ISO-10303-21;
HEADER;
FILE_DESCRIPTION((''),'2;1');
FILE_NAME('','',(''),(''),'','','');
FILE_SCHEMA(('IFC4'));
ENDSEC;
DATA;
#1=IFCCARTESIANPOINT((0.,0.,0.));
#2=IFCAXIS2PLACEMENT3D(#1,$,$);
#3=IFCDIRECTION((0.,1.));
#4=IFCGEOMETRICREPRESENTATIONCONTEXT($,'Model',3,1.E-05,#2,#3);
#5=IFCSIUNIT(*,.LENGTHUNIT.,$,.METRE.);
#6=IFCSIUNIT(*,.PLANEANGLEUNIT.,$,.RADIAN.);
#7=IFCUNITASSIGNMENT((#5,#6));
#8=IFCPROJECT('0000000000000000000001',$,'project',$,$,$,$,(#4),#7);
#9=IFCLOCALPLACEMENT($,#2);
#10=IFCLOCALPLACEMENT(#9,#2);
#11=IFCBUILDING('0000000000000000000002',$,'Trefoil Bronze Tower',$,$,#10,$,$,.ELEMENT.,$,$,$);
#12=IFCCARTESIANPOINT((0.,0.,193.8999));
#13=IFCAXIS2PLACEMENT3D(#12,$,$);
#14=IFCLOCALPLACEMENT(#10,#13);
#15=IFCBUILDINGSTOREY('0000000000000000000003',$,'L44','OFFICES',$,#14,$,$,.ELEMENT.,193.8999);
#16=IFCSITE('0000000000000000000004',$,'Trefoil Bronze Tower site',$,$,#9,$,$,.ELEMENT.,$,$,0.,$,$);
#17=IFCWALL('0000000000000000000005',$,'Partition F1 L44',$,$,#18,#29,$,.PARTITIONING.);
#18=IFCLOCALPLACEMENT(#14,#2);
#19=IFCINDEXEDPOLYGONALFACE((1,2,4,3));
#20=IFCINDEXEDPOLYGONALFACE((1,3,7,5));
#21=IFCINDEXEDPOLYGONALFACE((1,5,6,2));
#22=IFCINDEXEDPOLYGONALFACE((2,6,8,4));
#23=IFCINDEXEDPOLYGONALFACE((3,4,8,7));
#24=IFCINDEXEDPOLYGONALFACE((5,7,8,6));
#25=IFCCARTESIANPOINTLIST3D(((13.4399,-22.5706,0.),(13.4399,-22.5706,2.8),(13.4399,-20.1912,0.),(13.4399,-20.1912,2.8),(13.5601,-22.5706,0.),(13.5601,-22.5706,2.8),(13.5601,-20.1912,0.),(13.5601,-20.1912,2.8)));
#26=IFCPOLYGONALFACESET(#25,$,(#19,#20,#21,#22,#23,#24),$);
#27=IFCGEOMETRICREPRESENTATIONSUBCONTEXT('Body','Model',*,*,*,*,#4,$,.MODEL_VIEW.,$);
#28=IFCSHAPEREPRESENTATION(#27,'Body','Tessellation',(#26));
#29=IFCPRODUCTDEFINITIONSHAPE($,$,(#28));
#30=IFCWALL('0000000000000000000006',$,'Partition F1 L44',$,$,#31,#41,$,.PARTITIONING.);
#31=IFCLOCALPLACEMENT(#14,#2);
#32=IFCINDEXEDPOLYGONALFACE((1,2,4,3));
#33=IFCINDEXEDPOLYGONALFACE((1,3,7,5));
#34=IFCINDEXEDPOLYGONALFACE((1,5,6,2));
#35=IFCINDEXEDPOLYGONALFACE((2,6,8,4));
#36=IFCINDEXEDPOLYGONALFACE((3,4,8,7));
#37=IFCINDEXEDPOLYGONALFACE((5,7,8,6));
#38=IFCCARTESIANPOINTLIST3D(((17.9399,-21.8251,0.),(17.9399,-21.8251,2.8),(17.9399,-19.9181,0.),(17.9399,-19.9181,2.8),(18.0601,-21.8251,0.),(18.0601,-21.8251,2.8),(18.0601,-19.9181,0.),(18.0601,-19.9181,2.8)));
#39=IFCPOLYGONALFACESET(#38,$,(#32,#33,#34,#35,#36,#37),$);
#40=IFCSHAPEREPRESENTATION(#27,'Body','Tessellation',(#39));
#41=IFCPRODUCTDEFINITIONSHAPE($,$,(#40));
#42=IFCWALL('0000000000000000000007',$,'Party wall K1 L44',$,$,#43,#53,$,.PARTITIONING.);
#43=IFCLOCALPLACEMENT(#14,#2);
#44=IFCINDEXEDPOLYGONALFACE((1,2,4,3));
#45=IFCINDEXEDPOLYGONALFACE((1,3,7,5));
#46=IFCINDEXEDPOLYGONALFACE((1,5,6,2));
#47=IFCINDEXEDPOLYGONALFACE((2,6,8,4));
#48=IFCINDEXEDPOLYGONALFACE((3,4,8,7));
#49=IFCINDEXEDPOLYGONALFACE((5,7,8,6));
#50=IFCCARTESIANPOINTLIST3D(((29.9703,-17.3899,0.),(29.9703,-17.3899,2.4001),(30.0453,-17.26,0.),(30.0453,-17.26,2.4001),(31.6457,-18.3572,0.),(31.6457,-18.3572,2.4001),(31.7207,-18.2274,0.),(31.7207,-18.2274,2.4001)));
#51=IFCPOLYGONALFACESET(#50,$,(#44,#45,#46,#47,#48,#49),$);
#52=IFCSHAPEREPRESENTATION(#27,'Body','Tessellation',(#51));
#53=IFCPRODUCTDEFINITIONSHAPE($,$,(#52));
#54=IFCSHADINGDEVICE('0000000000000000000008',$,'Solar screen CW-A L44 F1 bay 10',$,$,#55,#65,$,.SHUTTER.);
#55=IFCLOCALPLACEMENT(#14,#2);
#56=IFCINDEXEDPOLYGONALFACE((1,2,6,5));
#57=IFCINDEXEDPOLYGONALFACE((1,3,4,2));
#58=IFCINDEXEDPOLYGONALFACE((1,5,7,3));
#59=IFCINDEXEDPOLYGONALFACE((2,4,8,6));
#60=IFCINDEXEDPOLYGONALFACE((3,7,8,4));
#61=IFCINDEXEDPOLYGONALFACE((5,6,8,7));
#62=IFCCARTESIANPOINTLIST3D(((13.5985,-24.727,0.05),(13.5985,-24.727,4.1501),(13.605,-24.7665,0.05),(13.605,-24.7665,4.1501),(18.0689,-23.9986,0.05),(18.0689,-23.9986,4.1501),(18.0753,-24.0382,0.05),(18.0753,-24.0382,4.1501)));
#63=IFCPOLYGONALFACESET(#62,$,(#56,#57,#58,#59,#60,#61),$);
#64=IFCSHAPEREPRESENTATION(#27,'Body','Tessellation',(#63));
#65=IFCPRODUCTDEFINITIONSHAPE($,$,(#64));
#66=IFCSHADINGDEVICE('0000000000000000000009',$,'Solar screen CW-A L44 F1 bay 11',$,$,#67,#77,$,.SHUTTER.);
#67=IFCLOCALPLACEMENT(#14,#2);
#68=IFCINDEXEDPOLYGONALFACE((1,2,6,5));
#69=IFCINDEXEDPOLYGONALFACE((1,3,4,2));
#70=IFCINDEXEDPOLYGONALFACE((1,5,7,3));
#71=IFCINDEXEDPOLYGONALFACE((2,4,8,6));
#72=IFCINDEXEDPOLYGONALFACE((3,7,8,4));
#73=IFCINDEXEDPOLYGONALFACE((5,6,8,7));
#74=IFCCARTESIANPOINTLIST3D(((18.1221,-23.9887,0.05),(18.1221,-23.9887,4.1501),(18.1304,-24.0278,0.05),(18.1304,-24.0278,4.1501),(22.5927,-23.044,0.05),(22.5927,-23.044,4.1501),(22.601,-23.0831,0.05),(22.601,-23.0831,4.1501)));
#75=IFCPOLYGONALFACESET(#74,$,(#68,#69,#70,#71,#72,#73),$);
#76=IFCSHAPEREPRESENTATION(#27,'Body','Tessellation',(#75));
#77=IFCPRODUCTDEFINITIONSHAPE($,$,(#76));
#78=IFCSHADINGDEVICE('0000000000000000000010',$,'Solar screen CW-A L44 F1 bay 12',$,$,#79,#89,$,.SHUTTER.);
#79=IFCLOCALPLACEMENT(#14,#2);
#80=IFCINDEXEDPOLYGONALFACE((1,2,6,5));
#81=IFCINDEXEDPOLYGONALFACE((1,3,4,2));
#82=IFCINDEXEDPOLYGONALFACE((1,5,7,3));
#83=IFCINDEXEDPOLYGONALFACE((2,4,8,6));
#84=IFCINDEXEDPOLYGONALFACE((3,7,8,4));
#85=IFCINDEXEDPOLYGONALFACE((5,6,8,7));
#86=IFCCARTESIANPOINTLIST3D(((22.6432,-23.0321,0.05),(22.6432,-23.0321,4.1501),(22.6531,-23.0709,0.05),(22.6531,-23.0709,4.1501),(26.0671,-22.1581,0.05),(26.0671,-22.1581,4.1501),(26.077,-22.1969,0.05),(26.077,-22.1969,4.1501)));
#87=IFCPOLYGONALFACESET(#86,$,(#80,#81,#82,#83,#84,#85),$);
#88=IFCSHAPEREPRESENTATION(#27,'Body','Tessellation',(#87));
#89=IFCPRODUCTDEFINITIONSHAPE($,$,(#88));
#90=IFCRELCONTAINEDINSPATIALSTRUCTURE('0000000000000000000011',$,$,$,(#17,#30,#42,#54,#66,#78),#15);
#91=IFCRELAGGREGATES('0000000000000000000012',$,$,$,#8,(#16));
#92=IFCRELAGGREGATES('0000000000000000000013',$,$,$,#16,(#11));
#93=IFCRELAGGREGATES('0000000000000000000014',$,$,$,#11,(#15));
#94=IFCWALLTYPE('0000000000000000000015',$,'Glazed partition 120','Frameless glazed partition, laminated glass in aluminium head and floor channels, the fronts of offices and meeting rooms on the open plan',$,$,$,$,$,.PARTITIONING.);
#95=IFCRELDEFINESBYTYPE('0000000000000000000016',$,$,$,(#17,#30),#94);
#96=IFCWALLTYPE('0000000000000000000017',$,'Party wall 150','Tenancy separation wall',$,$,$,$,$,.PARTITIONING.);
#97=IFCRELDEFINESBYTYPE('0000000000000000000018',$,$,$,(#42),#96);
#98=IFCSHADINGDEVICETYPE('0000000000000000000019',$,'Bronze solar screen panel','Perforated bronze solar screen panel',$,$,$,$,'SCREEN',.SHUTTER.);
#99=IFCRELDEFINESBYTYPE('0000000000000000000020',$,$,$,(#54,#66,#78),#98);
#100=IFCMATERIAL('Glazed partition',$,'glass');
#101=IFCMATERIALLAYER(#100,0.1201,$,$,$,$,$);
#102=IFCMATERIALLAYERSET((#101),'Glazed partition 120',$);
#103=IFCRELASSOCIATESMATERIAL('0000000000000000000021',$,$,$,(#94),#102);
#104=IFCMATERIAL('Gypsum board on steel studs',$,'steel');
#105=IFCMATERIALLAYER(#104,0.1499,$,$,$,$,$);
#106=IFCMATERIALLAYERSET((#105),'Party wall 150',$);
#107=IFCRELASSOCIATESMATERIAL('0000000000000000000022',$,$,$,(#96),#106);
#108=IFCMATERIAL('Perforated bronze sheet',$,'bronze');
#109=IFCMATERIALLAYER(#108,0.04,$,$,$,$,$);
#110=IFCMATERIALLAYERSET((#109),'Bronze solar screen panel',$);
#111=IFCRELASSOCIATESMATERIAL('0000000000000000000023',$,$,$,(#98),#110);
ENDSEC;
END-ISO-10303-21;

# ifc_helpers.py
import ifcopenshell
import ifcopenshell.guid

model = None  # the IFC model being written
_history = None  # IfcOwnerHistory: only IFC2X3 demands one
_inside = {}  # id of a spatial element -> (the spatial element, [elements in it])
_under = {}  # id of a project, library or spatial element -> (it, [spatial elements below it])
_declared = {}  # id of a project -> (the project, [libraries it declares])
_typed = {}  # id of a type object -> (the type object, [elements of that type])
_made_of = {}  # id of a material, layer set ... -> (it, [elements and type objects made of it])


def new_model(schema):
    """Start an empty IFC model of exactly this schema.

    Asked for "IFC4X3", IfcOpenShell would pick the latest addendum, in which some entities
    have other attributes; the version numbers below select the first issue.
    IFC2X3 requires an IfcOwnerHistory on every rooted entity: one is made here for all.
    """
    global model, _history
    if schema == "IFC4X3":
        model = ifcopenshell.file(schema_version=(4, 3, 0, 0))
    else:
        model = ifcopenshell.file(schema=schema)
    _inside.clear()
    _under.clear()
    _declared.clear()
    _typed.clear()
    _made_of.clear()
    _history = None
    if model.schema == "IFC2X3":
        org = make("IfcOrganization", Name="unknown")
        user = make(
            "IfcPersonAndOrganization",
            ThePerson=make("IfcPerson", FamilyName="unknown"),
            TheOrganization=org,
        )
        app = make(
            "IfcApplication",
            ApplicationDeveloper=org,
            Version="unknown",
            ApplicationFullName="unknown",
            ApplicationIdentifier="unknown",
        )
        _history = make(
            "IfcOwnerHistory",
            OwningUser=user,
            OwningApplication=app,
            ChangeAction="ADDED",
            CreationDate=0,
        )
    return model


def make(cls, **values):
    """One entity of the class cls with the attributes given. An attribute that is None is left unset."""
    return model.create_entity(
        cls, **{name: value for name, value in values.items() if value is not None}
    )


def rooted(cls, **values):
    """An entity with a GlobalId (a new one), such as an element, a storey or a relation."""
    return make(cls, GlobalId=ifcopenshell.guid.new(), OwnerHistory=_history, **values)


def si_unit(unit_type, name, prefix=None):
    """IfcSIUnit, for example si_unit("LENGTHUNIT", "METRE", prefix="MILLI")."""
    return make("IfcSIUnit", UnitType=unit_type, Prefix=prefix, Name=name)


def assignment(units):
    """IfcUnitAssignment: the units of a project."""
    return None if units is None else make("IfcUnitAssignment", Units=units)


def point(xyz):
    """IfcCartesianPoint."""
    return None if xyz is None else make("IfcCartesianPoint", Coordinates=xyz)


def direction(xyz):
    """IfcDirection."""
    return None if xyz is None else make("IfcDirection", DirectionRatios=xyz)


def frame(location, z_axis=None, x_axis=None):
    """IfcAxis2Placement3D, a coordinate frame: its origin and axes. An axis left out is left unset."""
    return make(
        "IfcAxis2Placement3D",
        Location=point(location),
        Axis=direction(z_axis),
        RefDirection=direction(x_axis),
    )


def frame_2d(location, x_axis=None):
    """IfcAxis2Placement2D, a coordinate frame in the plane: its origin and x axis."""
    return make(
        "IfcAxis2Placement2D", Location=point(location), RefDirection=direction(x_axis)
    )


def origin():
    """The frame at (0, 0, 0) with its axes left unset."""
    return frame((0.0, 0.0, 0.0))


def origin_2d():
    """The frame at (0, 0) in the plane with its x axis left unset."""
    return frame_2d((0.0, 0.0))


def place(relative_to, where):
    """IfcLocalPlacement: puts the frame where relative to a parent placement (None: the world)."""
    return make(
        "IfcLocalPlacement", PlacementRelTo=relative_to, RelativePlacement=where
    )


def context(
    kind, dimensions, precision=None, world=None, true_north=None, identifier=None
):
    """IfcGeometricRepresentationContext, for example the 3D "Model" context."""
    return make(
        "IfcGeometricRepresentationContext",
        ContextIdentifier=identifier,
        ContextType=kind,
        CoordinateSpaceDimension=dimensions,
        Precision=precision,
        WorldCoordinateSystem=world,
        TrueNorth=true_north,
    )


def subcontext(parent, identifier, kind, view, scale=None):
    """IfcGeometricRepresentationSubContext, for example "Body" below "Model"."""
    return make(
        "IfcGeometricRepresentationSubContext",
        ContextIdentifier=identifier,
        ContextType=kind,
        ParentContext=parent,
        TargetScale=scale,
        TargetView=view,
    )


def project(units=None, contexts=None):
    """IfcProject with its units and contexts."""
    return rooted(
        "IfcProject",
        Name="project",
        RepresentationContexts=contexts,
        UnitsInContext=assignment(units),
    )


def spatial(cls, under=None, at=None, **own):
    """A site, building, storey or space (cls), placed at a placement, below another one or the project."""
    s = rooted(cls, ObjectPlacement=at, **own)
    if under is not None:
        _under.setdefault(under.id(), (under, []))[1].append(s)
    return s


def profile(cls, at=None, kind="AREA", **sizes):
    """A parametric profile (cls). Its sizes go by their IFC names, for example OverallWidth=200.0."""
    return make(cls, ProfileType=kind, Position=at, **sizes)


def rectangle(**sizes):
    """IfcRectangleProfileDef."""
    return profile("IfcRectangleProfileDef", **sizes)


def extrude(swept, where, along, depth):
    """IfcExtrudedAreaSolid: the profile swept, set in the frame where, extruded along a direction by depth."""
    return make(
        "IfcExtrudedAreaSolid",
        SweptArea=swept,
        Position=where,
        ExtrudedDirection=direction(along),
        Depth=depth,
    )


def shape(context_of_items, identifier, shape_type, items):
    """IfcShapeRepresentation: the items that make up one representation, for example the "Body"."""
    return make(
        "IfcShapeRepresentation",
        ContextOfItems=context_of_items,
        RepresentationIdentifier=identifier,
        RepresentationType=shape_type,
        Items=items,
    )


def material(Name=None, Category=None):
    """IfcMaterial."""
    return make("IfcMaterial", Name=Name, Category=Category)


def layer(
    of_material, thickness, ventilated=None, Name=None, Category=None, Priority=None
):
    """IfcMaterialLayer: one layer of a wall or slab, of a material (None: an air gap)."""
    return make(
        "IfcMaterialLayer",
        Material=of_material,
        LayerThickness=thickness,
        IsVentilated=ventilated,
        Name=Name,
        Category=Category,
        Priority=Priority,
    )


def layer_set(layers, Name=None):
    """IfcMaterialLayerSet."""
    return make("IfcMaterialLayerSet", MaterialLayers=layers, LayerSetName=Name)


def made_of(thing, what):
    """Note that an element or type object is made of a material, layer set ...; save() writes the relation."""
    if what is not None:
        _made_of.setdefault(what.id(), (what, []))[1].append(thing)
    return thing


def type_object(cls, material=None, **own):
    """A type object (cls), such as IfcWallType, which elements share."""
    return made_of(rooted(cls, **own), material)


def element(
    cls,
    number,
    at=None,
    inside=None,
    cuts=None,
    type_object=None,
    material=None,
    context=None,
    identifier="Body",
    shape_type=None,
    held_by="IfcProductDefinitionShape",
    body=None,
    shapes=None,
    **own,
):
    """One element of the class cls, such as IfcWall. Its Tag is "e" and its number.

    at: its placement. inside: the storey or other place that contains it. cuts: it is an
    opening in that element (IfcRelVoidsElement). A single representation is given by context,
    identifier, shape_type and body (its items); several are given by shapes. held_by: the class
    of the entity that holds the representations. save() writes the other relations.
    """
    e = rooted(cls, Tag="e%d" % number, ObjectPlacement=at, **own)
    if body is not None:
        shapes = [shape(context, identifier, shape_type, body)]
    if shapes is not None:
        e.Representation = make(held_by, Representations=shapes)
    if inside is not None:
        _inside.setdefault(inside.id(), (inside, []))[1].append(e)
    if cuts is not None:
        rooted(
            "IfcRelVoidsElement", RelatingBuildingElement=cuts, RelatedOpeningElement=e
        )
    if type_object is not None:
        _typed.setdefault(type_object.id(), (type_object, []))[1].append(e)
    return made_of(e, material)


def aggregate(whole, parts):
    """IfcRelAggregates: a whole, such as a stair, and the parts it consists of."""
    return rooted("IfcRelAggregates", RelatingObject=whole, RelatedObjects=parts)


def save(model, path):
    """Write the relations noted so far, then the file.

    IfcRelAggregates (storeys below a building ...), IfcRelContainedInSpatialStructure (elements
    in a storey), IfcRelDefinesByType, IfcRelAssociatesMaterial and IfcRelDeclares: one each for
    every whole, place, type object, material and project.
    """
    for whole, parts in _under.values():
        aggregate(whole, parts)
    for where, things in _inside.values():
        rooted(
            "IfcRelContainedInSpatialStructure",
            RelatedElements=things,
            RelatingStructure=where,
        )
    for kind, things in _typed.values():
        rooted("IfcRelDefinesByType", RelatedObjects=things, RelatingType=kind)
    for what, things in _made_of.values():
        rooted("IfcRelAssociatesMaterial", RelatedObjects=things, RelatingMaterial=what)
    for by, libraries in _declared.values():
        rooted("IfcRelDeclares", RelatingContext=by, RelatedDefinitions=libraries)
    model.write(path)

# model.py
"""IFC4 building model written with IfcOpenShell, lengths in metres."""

from ifc_helpers import new_model, si_unit, direction, frame, frame_2d, origin, origin_2d, place, context, subcontext, project, spatial, rectangle, extrude, material, layer, layer_set, type_object, element, save


model = new_model("IFC4")

# Units and contexts
model_context = context("Model", 3, precision=1e-05, world=origin(), true_north=direction((0.0, 1.0)))
body_context = subcontext(model_context, "Body", "Model", "MODEL_VIEW")
ifc_project = project(units=[si_unit("LENGTHUNIT", "METRE"), si_unit("PLANEANGLEUNIT", "RADIAN")], contexts=[model_context])

# Site, building, storey
site_placement = place(None, origin())
site = spatial("IfcSite", under=ifc_project, at=site_placement, Name="Trefoil Bronze Tower site", CompositionType="ELEMENT", RefElevation=0.0)
building_placement = place(site_placement, origin())
building = spatial("IfcBuilding", under=site, at=building_placement, Name="Trefoil Bronze Tower", CompositionType="ELEMENT")
storey_placement = place(building_placement, frame((0.0, 0.0, 193.8999)))
storey = spatial("IfcBuildingStorey", under=building, at=storey_placement, Name="L44", Description="OFFICES", CompositionType="ELEMENT", Elevation=193.8999)

# Shared definitions
ifc_material_1 = material(Name="Glazed partition", Category="glass")
ifc_layer_1 = layer(ifc_material_1, 0.1201)
ifc_layer_set_1 = layer_set([ifc_layer_1], Name="Glazed partition 120")
wall_type_1 = type_object("IfcWallType", Name="Glazed partition 120", Description="Frameless glazed partition, laminated glass in aluminium head and floor channels, the fronts of offices and meeting rooms on the open plan", PredefinedType="PARTITIONING", material=ifc_layer_set_1)

# Walls
wall_1_placement = place(storey_placement, frame((13.5, -20.1912, 0.0), z_axis=(0.0, 0.0, 1.0), x_axis=(0.0, -1.0, 0.0)))
element("IfcWall", 1, at=wall_1_placement, inside=storey, type_object=wall_type_1, Name="Partition F1 L44", PredefinedType="PARTITIONING", context=body_context, shape_type="SweptSolid", body=[
    extrude(rectangle(XDim=2.3794, YDim=0.1201, at=frame_2d((1.1897, 0.0))), origin(), (0.0, 0.0, 1.0), 2.8),
])
wall_2_placement = place(storey_placement, frame((18.0, -19.918, 0.0), z_axis=(0.0, 0.0, 1.0), x_axis=(0.0, -1.0, 0.0)))
element("IfcWall", 2, at=wall_2_placement, inside=storey, type_object=wall_type_1, Name="Partition F1 L44", PredefinedType="PARTITIONING", context=body_context, shape_type="SweptSolid", body=[
    extrude(rectangle(XDim=1.907, YDim=0.1201, at=frame_2d((0.9536, 0.0))), origin(), (0.0, 0.0, 1.0), 2.8),
])
ifc_material_2 = material(Name="Gypsum board on steel studs", Category="steel")
ifc_layer_2 = layer(ifc_material_2, 0.1499)
ifc_layer_set_2 = layer_set([ifc_layer_2], Name="Party wall 150")
wall_type_2 = type_object("IfcWallType", Name="Party wall 150", Description="Tenancy separation wall", PredefinedType="PARTITIONING", material=ifc_layer_set_2)
wall_3_placement = place(storey_placement, frame((30.0078, -17.325, 0.0), z_axis=(0.0, 0.0, 1.0), x_axis=(0.866013, -0.500021, 0.0)))
element("IfcWall", 3, at=wall_3_placement, inside=storey, type_object=wall_type_2, Name="Party wall K1 L44", PredefinedType="PARTITIONING", context=body_context, shape_type="SweptSolid", body=[
    extrude(rectangle(XDim=1.9346, YDim=0.1499, at=frame_2d((0.9673, 0.0))), origin(), (0.0, 0.0, 1.0), 2.4001),
])

# Shading devices
ifc_material_3 = material(Name="Perforated bronze sheet", Category="bronze")
ifc_layer_3 = layer(ifc_material_3, 0.04)
ifc_layer_set_3 = layer_set([ifc_layer_3], Name="Bronze solar screen panel")
shading_device_type = type_object("IfcShadingDeviceType", Name="Bronze solar screen panel", Description="Perforated bronze solar screen panel", ElementType="SCREEN", PredefinedType="SHUTTER", material=ifc_layer_set_3)
shading_device_1_placement = place(storey_placement, frame((15.8369, -24.3826, 0.05), z_axis=(0.0, 0.0, 1.0), x_axis=(0.986987, 0.160803, 0.0)))
element("IfcShadingDevice", 4, at=shading_device_1_placement, inside=storey, type_object=shading_device_type, Name="Solar screen CW-A L44 F1 bay 10", PredefinedType="SHUTTER", context=body_context, shape_type="SweptSolid", body=[
    extrude(rectangle(XDim=4.5293, YDim=0.04, at=origin_2d()), origin(), (0.0, 0.0, 1.0), 4.1001),
])
shading_device_2_placement = place(storey_placement, frame((20.3616, -23.5359, 0.05), z_axis=(0.0, 0.0, 1.0), x_axis=(0.978394, 0.206747, 0.0)))
element("IfcShadingDevice", 5, at=shading_device_2_placement, inside=storey, type_object=shading_device_type, Name="Solar screen CW-A L44 F1 bay 11", PredefinedType="SHUTTER", context=body_context, shape_type="SweptSolid", body=[
    extrude(rectangle(XDim=4.5693, YDim=0.04, at=origin_2d()), origin(), (0.0, 0.0, 1.0), 4.1001),
])
shading_device_3_placement = place(storey_placement, frame((24.3601, -22.6145, 0.05), z_axis=(0.0, 0.0, 1.0), x_axis=(0.968934, 0.247319, 0.0)))
element("IfcShadingDevice", 6, at=shading_device_3_placement, inside=storey, type_object=shading_device_type, Name="Solar screen CW-A L44 F1 bay 12", PredefinedType="SHUTTER", context=body_context, shape_type="SweptSolid", body=[
    extrude(rectangle(XDim=3.5337, YDim=0.04, at=origin_2d()), origin(), (0.0, 0.0, 1.0), 4.1001),
])

save(model, "model.ifc")
